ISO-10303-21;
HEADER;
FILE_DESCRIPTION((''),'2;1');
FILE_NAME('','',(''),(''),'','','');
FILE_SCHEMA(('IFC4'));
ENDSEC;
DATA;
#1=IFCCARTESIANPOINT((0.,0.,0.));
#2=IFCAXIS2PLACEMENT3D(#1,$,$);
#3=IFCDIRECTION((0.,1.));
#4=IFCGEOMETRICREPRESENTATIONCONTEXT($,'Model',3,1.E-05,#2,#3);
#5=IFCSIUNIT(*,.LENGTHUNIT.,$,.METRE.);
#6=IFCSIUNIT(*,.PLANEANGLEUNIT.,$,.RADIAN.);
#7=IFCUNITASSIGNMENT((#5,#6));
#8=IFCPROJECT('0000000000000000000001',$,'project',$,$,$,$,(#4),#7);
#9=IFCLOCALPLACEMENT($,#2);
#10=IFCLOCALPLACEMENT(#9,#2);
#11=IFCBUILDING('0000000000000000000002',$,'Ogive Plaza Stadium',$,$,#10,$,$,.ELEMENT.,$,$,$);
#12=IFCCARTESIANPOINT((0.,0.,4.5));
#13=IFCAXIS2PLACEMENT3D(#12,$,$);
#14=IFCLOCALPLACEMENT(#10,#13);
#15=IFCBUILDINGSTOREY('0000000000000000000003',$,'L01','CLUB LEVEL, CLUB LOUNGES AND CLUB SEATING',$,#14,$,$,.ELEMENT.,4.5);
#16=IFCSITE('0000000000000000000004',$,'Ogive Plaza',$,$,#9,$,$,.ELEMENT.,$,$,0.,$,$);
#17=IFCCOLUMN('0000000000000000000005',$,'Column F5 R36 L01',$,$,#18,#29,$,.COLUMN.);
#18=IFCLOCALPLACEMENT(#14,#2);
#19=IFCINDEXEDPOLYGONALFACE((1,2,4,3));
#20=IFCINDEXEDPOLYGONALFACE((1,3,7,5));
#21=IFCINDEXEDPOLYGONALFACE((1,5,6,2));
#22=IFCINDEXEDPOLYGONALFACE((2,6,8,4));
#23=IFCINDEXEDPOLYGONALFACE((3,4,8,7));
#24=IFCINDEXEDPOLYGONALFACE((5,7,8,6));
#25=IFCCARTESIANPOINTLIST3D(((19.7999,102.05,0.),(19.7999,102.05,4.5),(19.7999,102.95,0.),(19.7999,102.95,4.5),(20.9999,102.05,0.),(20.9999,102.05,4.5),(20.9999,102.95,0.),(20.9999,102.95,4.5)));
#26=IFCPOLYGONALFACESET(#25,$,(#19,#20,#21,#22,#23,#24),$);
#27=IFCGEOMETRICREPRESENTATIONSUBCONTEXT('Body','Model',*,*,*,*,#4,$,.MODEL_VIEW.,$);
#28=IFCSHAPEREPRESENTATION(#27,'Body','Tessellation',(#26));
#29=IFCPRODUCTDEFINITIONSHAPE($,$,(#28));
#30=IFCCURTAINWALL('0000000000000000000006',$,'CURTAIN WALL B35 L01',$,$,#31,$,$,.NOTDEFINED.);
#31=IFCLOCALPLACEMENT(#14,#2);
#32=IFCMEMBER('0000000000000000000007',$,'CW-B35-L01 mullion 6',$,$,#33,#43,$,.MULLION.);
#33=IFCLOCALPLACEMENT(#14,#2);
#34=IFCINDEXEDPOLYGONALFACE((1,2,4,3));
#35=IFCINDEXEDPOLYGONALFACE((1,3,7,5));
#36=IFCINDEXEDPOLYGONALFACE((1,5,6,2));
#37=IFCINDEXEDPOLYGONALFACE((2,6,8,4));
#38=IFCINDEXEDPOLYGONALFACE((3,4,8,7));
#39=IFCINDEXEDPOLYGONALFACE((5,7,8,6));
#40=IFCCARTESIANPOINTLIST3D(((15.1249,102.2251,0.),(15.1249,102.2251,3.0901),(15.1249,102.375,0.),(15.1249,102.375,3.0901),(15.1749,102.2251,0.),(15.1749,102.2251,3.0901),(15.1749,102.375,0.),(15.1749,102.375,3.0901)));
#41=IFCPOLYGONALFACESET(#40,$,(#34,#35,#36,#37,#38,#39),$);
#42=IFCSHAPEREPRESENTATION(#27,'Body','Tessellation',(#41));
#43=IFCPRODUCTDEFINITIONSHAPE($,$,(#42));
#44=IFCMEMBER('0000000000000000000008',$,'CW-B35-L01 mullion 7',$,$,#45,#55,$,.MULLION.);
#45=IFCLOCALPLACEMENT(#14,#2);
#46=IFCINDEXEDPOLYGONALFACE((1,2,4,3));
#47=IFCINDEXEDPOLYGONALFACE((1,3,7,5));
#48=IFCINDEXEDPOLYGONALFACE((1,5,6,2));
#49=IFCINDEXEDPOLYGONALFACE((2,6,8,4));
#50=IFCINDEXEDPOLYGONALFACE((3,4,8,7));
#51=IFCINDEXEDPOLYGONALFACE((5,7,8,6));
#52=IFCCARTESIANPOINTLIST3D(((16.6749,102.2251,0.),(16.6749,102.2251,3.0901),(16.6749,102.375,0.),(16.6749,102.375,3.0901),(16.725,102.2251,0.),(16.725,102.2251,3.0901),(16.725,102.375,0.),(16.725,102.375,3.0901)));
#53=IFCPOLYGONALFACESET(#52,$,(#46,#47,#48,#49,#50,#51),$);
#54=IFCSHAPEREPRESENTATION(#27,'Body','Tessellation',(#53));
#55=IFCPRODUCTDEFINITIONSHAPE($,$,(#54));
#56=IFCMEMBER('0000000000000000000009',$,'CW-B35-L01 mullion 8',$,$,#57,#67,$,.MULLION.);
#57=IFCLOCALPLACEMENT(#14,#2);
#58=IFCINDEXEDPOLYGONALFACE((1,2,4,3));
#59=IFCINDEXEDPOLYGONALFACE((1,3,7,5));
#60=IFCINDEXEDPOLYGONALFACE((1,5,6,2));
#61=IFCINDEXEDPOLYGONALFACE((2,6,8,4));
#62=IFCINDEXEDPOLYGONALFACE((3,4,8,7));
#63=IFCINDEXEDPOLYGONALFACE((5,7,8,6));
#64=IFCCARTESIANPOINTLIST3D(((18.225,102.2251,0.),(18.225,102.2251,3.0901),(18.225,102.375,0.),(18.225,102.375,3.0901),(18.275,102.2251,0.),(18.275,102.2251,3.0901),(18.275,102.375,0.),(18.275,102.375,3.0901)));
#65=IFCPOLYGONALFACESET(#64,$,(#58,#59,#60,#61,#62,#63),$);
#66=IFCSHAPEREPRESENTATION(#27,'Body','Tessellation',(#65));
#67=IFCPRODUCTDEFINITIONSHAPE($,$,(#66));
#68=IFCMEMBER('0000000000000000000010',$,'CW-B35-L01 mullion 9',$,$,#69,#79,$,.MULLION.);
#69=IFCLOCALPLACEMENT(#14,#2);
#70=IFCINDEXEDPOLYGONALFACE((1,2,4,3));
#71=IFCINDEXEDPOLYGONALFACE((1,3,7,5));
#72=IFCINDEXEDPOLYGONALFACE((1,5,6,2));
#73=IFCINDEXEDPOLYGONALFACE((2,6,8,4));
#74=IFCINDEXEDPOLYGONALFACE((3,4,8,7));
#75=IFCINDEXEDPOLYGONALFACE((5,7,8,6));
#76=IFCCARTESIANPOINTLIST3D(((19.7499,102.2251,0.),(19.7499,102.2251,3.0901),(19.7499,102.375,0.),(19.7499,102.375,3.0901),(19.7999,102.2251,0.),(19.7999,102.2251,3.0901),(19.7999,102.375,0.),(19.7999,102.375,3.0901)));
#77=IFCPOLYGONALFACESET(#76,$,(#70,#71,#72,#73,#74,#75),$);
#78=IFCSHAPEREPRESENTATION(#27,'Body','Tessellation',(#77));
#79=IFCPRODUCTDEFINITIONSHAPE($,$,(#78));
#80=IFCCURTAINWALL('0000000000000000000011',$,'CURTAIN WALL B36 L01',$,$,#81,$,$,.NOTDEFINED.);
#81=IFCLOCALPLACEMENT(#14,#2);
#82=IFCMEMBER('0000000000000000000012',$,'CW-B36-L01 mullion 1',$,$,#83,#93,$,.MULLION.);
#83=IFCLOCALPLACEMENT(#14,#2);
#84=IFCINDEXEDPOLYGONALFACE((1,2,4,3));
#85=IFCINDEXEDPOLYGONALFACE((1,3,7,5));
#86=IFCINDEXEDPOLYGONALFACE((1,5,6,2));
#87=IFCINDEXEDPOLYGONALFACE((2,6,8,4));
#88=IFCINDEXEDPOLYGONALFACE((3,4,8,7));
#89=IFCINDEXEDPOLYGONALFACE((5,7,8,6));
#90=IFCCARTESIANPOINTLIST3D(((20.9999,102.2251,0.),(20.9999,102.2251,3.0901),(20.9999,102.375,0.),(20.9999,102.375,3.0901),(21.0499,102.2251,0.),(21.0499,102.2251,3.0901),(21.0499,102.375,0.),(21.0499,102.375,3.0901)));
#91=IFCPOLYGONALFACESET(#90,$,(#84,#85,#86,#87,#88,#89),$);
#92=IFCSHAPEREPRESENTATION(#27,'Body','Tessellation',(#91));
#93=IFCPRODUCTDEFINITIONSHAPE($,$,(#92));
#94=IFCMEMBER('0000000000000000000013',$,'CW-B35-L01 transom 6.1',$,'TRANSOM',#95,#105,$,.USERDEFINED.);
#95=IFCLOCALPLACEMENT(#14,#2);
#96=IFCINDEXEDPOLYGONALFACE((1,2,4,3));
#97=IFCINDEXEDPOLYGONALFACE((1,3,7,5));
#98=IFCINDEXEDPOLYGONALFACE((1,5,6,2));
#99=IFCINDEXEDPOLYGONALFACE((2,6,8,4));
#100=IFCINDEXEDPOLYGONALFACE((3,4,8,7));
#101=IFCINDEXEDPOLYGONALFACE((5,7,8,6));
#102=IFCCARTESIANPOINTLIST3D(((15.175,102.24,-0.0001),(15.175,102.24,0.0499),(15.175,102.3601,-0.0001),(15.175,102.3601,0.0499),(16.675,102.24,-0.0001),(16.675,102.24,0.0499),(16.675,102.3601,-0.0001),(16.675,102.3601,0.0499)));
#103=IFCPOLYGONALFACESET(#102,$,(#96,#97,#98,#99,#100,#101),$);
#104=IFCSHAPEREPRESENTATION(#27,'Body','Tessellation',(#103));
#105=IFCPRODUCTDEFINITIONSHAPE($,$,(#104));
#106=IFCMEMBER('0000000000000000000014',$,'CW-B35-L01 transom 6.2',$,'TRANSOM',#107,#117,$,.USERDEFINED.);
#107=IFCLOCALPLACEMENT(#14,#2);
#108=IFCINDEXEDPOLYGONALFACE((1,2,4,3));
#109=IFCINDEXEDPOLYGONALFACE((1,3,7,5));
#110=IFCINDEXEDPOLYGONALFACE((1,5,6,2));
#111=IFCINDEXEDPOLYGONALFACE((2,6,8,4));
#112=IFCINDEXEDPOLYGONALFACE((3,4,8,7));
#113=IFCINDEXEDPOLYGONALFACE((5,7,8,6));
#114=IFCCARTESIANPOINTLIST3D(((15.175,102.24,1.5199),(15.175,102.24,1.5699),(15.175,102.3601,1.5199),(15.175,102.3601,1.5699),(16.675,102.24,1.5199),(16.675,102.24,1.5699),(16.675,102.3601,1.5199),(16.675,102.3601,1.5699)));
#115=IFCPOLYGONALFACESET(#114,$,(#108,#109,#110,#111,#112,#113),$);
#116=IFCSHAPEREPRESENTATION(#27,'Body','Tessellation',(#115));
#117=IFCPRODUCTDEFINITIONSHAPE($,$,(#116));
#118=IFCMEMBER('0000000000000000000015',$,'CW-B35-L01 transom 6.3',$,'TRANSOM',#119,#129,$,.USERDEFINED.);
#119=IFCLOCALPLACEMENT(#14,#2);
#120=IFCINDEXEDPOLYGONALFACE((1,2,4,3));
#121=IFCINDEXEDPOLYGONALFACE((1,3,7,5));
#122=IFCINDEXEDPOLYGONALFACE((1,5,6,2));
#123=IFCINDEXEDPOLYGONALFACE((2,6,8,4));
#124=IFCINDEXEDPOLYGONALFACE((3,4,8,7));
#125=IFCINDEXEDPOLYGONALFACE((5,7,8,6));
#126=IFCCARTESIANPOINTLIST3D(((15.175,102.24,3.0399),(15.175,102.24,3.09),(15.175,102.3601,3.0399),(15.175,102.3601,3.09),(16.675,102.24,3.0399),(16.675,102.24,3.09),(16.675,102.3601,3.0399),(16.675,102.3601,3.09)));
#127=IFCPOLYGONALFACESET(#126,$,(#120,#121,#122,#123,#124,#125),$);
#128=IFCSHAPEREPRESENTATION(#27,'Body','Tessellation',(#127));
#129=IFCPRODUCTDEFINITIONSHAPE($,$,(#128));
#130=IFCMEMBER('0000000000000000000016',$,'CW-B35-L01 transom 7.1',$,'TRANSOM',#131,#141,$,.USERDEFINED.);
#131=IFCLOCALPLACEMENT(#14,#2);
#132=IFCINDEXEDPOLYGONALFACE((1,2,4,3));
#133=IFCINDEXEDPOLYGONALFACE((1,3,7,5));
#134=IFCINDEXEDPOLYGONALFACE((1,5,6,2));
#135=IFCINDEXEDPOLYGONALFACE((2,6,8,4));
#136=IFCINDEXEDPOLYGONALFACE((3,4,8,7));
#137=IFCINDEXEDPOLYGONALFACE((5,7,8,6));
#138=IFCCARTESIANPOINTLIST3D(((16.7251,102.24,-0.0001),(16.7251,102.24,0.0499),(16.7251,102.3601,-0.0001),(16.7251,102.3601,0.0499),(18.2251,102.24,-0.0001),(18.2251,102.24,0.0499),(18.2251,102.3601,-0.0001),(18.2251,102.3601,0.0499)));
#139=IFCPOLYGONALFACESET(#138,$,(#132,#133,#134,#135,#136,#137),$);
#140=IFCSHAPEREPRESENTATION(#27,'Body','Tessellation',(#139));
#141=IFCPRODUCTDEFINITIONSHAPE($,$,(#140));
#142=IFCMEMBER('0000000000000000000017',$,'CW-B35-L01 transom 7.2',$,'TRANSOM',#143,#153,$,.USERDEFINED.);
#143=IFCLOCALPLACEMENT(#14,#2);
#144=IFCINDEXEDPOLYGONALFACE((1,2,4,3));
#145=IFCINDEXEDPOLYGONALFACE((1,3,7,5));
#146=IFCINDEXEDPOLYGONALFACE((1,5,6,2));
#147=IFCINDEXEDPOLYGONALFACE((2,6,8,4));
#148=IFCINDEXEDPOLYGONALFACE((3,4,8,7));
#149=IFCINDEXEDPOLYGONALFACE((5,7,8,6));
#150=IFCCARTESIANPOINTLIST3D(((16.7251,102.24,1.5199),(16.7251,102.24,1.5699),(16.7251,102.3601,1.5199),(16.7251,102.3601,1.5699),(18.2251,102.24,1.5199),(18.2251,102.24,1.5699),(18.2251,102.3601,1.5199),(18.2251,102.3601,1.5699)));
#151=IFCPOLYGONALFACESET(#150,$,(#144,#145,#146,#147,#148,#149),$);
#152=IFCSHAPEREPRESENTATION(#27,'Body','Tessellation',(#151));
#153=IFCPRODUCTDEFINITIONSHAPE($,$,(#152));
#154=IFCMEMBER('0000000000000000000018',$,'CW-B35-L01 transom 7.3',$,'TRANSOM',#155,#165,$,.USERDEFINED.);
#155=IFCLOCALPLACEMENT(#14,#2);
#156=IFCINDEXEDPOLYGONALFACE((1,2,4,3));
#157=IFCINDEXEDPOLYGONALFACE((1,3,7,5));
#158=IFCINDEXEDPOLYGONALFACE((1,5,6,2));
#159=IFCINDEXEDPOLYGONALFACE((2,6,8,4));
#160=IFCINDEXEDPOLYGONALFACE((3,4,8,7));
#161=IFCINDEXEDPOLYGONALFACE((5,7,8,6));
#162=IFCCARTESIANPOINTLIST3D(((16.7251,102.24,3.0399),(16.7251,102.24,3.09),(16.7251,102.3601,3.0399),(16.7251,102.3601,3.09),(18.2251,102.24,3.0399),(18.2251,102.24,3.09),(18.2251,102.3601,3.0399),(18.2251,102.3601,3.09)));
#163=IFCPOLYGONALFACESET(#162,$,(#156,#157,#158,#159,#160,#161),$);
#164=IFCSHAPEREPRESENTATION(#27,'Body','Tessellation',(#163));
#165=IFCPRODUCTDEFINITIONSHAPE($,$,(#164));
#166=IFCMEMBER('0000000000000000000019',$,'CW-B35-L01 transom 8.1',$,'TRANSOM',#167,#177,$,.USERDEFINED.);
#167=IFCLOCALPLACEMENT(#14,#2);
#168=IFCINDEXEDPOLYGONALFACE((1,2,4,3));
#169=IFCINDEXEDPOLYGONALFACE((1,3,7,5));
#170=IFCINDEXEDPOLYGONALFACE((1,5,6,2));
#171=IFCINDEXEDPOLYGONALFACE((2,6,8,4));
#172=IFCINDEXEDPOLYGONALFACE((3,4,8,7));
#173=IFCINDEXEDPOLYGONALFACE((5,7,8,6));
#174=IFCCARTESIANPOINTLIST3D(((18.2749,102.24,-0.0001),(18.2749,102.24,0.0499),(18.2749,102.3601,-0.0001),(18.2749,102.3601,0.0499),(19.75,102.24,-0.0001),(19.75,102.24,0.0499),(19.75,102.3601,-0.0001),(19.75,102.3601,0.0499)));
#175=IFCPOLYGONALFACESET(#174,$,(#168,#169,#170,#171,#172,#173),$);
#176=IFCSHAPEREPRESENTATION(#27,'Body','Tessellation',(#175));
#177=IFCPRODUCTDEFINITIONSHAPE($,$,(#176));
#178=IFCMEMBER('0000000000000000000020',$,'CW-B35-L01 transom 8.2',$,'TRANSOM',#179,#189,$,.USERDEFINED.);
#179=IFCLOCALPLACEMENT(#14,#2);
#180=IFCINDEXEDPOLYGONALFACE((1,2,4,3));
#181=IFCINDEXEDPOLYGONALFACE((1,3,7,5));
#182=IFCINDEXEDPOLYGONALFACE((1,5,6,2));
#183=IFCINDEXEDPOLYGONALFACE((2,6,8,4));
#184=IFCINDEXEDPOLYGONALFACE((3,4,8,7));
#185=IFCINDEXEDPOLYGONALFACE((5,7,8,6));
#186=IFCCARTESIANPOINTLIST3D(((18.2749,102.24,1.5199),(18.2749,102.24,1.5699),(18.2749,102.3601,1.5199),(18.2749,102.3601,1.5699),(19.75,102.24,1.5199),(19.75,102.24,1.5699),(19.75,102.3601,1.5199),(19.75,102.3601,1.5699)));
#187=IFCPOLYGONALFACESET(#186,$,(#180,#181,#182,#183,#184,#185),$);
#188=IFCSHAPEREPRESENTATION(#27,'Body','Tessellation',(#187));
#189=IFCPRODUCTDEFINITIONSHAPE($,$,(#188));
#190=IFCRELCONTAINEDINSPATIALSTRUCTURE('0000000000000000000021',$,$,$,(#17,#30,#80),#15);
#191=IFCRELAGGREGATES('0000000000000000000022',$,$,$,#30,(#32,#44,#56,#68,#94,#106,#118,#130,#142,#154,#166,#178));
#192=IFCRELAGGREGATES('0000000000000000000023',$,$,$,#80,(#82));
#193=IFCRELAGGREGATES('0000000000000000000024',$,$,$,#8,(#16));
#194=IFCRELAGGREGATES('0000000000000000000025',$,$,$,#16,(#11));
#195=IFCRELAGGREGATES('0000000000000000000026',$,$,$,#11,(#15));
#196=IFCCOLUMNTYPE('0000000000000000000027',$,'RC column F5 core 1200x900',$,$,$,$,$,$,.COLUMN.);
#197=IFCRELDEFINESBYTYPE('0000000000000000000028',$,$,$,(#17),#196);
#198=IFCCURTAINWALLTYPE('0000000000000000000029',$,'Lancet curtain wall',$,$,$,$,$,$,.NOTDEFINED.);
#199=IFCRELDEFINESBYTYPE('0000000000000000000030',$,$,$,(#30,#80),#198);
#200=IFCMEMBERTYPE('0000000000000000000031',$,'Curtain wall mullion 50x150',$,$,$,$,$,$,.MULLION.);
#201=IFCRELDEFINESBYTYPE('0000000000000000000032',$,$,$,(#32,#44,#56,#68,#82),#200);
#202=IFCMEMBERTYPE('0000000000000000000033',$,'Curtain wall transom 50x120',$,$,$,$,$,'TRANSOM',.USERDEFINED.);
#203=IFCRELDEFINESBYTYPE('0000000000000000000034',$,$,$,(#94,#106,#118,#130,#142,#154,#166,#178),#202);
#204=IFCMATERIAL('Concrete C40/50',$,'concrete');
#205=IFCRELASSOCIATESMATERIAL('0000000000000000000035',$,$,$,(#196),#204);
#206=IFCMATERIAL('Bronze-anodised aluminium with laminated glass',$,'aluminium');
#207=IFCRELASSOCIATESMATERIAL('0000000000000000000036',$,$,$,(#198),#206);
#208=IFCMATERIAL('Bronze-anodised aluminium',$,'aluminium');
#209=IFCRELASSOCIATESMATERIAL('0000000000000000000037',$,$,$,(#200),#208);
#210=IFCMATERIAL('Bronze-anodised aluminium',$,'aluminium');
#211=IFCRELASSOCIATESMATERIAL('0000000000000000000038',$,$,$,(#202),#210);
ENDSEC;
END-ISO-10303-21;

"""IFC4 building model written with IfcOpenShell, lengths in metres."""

from ifc_helpers import new_model, si_unit, direction, frame, origin, origin_2d, place, context, subcontext, project, spatial, rectangle, extrude, material, material_profile, profile_set, type_object, element, aggregate, save


model = new_model("IFC4")

# Units and contexts
model_context = context("Model", 3, precision=1e-05, world=origin(), true_north=direction((0.0, 1.0)))
body_context = subcontext(model_context, "Body", "Model", "MODEL_VIEW")
ifc_project = project(units=[si_unit("LENGTHUNIT", "METRE"), si_unit("PLANEANGLEUNIT", "RADIAN")], contexts=[model_context])

# Site, building, storey
site_placement = place(None, origin())
site = spatial("IfcSite", under=ifc_project, at=site_placement, Name="Ogive Plaza", CompositionType="ELEMENT", RefElevation=0.0)
building_placement = place(site_placement, origin())
building = spatial("IfcBuilding", under=site, at=building_placement, Name="Ogive Plaza Stadium", CompositionType="ELEMENT")
storey_placement = place(building_placement, frame((0.0, 0.0, 4.5)))
storey = spatial("IfcBuildingStorey", under=building, at=storey_placement, Name="L01", Description="CLUB LEVEL, CLUB LOUNGES AND CLUB SEATING", CompositionType="ELEMENT", Elevation=4.5)

# Column
ifc_material_1 = material(Name="Concrete C40/50", Category="concrete")
ifc_material_profile_1 = material_profile(ifc_material_1, rectangle(XDim=1.2, YDim=0.8999, at=origin_2d()), Name="RC 1200x900")
ifc_profile_set_1 = profile_set([ifc_material_profile_1], Name="Concrete C40/50")
column_type = type_object("IfcColumnType", Name="RC column F5 core 1200x900", PredefinedType="COLUMN", material=ifc_profile_set_1)
column_placement = place(storey_placement, frame((20.3999, 102.5, 0.0), z_axis=(0.0, 0.0, 1.0), x_axis=(-1.0, 0.0, 0.0)))
element("IfcColumn", 1, at=column_placement, inside=storey, type_object=column_type, Name="Column F5 R36 L01", PredefinedType="COLUMN", context=body_context, shape_type="SweptSolid", body=[
    extrude(rectangle(XDim=1.2, YDim=0.8999, at=origin_2d()), origin(), (0.0, 0.0, 1.0), 4.5),
])

# Curtain wall, members
ifc_material_2 = material(Name="Bronze-anodised aluminium with laminated glass", Category="aluminium")
curtain_wall_type = type_object("IfcCurtainWallType", Name="Lancet curtain wall", PredefinedType="NOTDEFINED", material=ifc_material_2)
curtain_wall_1_placement = place(storey_placement, origin())
curtain_wall_1 = element("IfcCurtainWall", 2, at=curtain_wall_1_placement, inside=storey, type_object=curtain_wall_type, Name="CURTAIN WALL B35 L01", PredefinedType="NOTDEFINED")
ifc_material_3 = material(Name="Bronze-anodised aluminium", Category="aluminium")
ifc_material_profile_2 = material_profile(ifc_material_3, rectangle(XDim=0.1499, YDim=0.05, at=origin_2d()), Name="AL 150x50")
ifc_profile_set_2 = profile_set([ifc_material_profile_2], Name="Bronze-anodised aluminium")
member_type_1 = type_object("IfcMemberType", Name="Curtain wall mullion 50x150", PredefinedType="MULLION", material=ifc_profile_set_2)
member_1_placement = place(storey_placement, frame((15.1499, 102.3, 0.0), z_axis=(0.0, 0.0, 1.0), x_axis=(0.0, 1.0, 0.0)))
member_1 = element("IfcMember", 3, at=member_1_placement, type_object=member_type_1, Name="CW-B35-L01 mullion 6", PredefinedType="MULLION", context=body_context, shape_type="SweptSolid", body=[
    extrude(rectangle(XDim=0.1499, YDim=0.05, at=origin_2d()), origin(), (0.0, 0.0, 1.0), 3.0901),
])
member_2_placement = place(storey_placement, frame((16.7, 102.3, 0.0), z_axis=(0.0, 0.0, 1.0), x_axis=(0.0, 1.0, 0.0)))
member_2 = element("IfcMember", 4, at=member_2_placement, type_object=member_type_1, Name="CW-B35-L01 mullion 7", PredefinedType="MULLION", context=body_context, shape_type="SweptSolid", body=[
    extrude(rectangle(XDim=0.1499, YDim=0.05, at=origin_2d()), origin(), (0.0, 0.0, 1.0), 3.0901),
])
member_3_placement = place(storey_placement, frame((18.25, 102.3, 0.0), z_axis=(0.0, 0.0, 1.0), x_axis=(0.0, 1.0, 0.0)))
member_3 = element("IfcMember", 5, at=member_3_placement, type_object=member_type_1, Name="CW-B35-L01 mullion 8", PredefinedType="MULLION", context=body_context, shape_type="SweptSolid", body=[
    extrude(rectangle(XDim=0.1499, YDim=0.05, at=origin_2d()), origin(), (0.0, 0.0, 1.0), 3.0901),
])
member_4_placement = place(storey_placement, frame((19.7749, 102.3, 0.0), z_axis=(0.0, 0.0, 1.0), x_axis=(0.0, 1.0, 0.0)))
member_4 = element("IfcMember", 6, at=member_4_placement, type_object=member_type_1, Name="CW-B35-L01 mullion 9", PredefinedType="MULLION", context=body_context, shape_type="SweptSolid", body=[
    extrude(rectangle(XDim=0.1499, YDim=0.05, at=origin_2d()), origin(), (0.0, 0.0, 1.0), 3.0901),
])

# Curtain wall, member
curtain_wall_2_placement = place(storey_placement, origin())
curtain_wall_2 = element("IfcCurtainWall", 7, at=curtain_wall_2_placement, inside=storey, type_object=curtain_wall_type, Name="CURTAIN WALL B36 L01", PredefinedType="NOTDEFINED")
member_5_placement = place(storey_placement, frame((21.0249, 102.3, 0.0), z_axis=(0.0, 0.0, 1.0), x_axis=(0.0, 1.0, 0.0)))
member_5 = element("IfcMember", 8, at=member_5_placement, type_object=member_type_1, Name="CW-B36-L01 mullion 1", PredefinedType="MULLION", context=body_context, shape_type="SweptSolid", body=[
    extrude(rectangle(XDim=0.1499, YDim=0.05, at=origin_2d()), origin(), (0.0, 0.0, 1.0), 3.0901),
])

# Members
ifc_material_4 = material(Name="Bronze-anodised aluminium", Category="aluminium")
ifc_material_profile_3 = material_profile(ifc_material_4, rectangle(XDim=0.1201, YDim=0.05, at=origin_2d()), Name="AL 120x50")
ifc_profile_set_3 = profile_set([ifc_material_profile_3], Name="Bronze-anodised aluminium")
member_type_2 = type_object("IfcMemberType", Name="Curtain wall transom 50x120", ElementType="TRANSOM", PredefinedType="USERDEFINED", material=ifc_profile_set_3)
member_6_placement = place(storey_placement, frame((15.175, 102.3, 0.0249), z_axis=(1.0, 0.0, 0.0), x_axis=(0.0, 1.0, 0.0)))
member_6 = element("IfcMember", 9, at=member_6_placement, type_object=member_type_2, Name="CW-B35-L01 transom 6.1", ObjectType="TRANSOM", PredefinedType="USERDEFINED", context=body_context, shape_type="SweptSolid", body=[
    extrude(rectangle(XDim=0.1201, YDim=0.05, at=origin_2d()), origin(), (0.0, 0.0, 1.0), 1.5),
])
member_7_placement = place(storey_placement, frame((15.175, 102.3, 1.5449), z_axis=(1.0, 0.0, 0.0), x_axis=(0.0, 1.0, 0.0)))
member_7 = element("IfcMember", 10, at=member_7_placement, type_object=member_type_2, Name="CW-B35-L01 transom 6.2", ObjectType="TRANSOM", PredefinedType="USERDEFINED", context=body_context, shape_type="SweptSolid", body=[
    extrude(rectangle(XDim=0.1201, YDim=0.05, at=origin_2d()), origin(), (0.0, 0.0, 1.0), 1.5),
])
member_8_placement = place(storey_placement, frame((15.175, 102.3, 3.0649), z_axis=(1.0, 0.0, 0.0), x_axis=(0.0, 1.0, 0.0)))
member_8 = element("IfcMember", 11, at=member_8_placement, type_object=member_type_2, Name="CW-B35-L01 transom 6.3", ObjectType="TRANSOM", PredefinedType="USERDEFINED", context=body_context, shape_type="SweptSolid", body=[
    extrude(rectangle(XDim=0.1201, YDim=0.05, at=origin_2d()), origin(), (0.0, 0.0, 1.0), 1.5),
])
member_9_placement = place(storey_placement, frame((16.7251, 102.3, 0.0249), z_axis=(1.0, 0.0, 0.0), x_axis=(0.0, 1.0, 0.0)))
member_9 = element("IfcMember", 12, at=member_9_placement, type_object=member_type_2, Name="CW-B35-L01 transom 7.1", ObjectType="TRANSOM", PredefinedType="USERDEFINED", context=body_context, shape_type="SweptSolid", body=[
    extrude(rectangle(XDim=0.1201, YDim=0.05, at=origin_2d()), origin(), (0.0, 0.0, 1.0), 1.5),
])
member_10_placement = place(storey_placement, frame((16.7251, 102.3, 1.5449), z_axis=(1.0, 0.0, 0.0), x_axis=(0.0, 1.0, 0.0)))
member_10 = element("IfcMember", 13, at=member_10_placement, type_object=member_type_2, Name="CW-B35-L01 transom 7.2", ObjectType="TRANSOM", PredefinedType="USERDEFINED", context=body_context, shape_type="SweptSolid", body=[
    extrude(rectangle(XDim=0.1201, YDim=0.05, at=origin_2d()), origin(), (0.0, 0.0, 1.0), 1.5),
])
member_11_placement = place(storey_placement, frame((16.7251, 102.3, 3.0649), z_axis=(1.0, 0.0, 0.0), x_axis=(0.0, 1.0, 0.0)))
member_11 = element("IfcMember", 14, at=member_11_placement, type_object=member_type_2, Name="CW-B35-L01 transom 7.3", ObjectType="TRANSOM", PredefinedType="USERDEFINED", context=body_context, shape_type="SweptSolid", body=[
    extrude(rectangle(XDim=0.1201, YDim=0.05, at=origin_2d()), origin(), (0.0, 0.0, 1.0), 1.5),
])
member_12_placement = place(storey_placement, frame((18.2749, 102.3, 0.0249), z_axis=(1.0, 0.0, 0.0), x_axis=(0.0, 1.0, 0.0)))
member_12 = element("IfcMember", 15, at=member_12_placement, type_object=member_type_2, Name="CW-B35-L01 transom 8.1", ObjectType="TRANSOM", PredefinedType="USERDEFINED", context=body_context, shape_type="SweptSolid", body=[
    extrude(rectangle(XDim=0.1201, YDim=0.05, at=origin_2d()), origin(), (0.0, 0.0, 1.0), 1.4751),
])
member_13_placement = place(storey_placement, frame((18.2749, 102.3, 1.5449), z_axis=(1.0, 0.0, 0.0), x_axis=(0.0, 1.0, 0.0)))
member_13 = element("IfcMember", 16, at=member_13_placement, type_object=member_type_2, Name="CW-B35-L01 transom 8.2", ObjectType="TRANSOM", PredefinedType="USERDEFINED", context=body_context, shape_type="SweptSolid", body=[
    extrude(rectangle(XDim=0.1201, YDim=0.05, at=origin_2d()), origin(), (0.0, 0.0, 1.0), 1.4751),
])

aggregate(curtain_wall_1, [member_1, member_2, member_3, member_4, member_6, member_7, member_8, member_9, member_10, member_11, member_12, member_13])
aggregate(curtain_wall_2, [member_5])

save(model, "model.ifc")
